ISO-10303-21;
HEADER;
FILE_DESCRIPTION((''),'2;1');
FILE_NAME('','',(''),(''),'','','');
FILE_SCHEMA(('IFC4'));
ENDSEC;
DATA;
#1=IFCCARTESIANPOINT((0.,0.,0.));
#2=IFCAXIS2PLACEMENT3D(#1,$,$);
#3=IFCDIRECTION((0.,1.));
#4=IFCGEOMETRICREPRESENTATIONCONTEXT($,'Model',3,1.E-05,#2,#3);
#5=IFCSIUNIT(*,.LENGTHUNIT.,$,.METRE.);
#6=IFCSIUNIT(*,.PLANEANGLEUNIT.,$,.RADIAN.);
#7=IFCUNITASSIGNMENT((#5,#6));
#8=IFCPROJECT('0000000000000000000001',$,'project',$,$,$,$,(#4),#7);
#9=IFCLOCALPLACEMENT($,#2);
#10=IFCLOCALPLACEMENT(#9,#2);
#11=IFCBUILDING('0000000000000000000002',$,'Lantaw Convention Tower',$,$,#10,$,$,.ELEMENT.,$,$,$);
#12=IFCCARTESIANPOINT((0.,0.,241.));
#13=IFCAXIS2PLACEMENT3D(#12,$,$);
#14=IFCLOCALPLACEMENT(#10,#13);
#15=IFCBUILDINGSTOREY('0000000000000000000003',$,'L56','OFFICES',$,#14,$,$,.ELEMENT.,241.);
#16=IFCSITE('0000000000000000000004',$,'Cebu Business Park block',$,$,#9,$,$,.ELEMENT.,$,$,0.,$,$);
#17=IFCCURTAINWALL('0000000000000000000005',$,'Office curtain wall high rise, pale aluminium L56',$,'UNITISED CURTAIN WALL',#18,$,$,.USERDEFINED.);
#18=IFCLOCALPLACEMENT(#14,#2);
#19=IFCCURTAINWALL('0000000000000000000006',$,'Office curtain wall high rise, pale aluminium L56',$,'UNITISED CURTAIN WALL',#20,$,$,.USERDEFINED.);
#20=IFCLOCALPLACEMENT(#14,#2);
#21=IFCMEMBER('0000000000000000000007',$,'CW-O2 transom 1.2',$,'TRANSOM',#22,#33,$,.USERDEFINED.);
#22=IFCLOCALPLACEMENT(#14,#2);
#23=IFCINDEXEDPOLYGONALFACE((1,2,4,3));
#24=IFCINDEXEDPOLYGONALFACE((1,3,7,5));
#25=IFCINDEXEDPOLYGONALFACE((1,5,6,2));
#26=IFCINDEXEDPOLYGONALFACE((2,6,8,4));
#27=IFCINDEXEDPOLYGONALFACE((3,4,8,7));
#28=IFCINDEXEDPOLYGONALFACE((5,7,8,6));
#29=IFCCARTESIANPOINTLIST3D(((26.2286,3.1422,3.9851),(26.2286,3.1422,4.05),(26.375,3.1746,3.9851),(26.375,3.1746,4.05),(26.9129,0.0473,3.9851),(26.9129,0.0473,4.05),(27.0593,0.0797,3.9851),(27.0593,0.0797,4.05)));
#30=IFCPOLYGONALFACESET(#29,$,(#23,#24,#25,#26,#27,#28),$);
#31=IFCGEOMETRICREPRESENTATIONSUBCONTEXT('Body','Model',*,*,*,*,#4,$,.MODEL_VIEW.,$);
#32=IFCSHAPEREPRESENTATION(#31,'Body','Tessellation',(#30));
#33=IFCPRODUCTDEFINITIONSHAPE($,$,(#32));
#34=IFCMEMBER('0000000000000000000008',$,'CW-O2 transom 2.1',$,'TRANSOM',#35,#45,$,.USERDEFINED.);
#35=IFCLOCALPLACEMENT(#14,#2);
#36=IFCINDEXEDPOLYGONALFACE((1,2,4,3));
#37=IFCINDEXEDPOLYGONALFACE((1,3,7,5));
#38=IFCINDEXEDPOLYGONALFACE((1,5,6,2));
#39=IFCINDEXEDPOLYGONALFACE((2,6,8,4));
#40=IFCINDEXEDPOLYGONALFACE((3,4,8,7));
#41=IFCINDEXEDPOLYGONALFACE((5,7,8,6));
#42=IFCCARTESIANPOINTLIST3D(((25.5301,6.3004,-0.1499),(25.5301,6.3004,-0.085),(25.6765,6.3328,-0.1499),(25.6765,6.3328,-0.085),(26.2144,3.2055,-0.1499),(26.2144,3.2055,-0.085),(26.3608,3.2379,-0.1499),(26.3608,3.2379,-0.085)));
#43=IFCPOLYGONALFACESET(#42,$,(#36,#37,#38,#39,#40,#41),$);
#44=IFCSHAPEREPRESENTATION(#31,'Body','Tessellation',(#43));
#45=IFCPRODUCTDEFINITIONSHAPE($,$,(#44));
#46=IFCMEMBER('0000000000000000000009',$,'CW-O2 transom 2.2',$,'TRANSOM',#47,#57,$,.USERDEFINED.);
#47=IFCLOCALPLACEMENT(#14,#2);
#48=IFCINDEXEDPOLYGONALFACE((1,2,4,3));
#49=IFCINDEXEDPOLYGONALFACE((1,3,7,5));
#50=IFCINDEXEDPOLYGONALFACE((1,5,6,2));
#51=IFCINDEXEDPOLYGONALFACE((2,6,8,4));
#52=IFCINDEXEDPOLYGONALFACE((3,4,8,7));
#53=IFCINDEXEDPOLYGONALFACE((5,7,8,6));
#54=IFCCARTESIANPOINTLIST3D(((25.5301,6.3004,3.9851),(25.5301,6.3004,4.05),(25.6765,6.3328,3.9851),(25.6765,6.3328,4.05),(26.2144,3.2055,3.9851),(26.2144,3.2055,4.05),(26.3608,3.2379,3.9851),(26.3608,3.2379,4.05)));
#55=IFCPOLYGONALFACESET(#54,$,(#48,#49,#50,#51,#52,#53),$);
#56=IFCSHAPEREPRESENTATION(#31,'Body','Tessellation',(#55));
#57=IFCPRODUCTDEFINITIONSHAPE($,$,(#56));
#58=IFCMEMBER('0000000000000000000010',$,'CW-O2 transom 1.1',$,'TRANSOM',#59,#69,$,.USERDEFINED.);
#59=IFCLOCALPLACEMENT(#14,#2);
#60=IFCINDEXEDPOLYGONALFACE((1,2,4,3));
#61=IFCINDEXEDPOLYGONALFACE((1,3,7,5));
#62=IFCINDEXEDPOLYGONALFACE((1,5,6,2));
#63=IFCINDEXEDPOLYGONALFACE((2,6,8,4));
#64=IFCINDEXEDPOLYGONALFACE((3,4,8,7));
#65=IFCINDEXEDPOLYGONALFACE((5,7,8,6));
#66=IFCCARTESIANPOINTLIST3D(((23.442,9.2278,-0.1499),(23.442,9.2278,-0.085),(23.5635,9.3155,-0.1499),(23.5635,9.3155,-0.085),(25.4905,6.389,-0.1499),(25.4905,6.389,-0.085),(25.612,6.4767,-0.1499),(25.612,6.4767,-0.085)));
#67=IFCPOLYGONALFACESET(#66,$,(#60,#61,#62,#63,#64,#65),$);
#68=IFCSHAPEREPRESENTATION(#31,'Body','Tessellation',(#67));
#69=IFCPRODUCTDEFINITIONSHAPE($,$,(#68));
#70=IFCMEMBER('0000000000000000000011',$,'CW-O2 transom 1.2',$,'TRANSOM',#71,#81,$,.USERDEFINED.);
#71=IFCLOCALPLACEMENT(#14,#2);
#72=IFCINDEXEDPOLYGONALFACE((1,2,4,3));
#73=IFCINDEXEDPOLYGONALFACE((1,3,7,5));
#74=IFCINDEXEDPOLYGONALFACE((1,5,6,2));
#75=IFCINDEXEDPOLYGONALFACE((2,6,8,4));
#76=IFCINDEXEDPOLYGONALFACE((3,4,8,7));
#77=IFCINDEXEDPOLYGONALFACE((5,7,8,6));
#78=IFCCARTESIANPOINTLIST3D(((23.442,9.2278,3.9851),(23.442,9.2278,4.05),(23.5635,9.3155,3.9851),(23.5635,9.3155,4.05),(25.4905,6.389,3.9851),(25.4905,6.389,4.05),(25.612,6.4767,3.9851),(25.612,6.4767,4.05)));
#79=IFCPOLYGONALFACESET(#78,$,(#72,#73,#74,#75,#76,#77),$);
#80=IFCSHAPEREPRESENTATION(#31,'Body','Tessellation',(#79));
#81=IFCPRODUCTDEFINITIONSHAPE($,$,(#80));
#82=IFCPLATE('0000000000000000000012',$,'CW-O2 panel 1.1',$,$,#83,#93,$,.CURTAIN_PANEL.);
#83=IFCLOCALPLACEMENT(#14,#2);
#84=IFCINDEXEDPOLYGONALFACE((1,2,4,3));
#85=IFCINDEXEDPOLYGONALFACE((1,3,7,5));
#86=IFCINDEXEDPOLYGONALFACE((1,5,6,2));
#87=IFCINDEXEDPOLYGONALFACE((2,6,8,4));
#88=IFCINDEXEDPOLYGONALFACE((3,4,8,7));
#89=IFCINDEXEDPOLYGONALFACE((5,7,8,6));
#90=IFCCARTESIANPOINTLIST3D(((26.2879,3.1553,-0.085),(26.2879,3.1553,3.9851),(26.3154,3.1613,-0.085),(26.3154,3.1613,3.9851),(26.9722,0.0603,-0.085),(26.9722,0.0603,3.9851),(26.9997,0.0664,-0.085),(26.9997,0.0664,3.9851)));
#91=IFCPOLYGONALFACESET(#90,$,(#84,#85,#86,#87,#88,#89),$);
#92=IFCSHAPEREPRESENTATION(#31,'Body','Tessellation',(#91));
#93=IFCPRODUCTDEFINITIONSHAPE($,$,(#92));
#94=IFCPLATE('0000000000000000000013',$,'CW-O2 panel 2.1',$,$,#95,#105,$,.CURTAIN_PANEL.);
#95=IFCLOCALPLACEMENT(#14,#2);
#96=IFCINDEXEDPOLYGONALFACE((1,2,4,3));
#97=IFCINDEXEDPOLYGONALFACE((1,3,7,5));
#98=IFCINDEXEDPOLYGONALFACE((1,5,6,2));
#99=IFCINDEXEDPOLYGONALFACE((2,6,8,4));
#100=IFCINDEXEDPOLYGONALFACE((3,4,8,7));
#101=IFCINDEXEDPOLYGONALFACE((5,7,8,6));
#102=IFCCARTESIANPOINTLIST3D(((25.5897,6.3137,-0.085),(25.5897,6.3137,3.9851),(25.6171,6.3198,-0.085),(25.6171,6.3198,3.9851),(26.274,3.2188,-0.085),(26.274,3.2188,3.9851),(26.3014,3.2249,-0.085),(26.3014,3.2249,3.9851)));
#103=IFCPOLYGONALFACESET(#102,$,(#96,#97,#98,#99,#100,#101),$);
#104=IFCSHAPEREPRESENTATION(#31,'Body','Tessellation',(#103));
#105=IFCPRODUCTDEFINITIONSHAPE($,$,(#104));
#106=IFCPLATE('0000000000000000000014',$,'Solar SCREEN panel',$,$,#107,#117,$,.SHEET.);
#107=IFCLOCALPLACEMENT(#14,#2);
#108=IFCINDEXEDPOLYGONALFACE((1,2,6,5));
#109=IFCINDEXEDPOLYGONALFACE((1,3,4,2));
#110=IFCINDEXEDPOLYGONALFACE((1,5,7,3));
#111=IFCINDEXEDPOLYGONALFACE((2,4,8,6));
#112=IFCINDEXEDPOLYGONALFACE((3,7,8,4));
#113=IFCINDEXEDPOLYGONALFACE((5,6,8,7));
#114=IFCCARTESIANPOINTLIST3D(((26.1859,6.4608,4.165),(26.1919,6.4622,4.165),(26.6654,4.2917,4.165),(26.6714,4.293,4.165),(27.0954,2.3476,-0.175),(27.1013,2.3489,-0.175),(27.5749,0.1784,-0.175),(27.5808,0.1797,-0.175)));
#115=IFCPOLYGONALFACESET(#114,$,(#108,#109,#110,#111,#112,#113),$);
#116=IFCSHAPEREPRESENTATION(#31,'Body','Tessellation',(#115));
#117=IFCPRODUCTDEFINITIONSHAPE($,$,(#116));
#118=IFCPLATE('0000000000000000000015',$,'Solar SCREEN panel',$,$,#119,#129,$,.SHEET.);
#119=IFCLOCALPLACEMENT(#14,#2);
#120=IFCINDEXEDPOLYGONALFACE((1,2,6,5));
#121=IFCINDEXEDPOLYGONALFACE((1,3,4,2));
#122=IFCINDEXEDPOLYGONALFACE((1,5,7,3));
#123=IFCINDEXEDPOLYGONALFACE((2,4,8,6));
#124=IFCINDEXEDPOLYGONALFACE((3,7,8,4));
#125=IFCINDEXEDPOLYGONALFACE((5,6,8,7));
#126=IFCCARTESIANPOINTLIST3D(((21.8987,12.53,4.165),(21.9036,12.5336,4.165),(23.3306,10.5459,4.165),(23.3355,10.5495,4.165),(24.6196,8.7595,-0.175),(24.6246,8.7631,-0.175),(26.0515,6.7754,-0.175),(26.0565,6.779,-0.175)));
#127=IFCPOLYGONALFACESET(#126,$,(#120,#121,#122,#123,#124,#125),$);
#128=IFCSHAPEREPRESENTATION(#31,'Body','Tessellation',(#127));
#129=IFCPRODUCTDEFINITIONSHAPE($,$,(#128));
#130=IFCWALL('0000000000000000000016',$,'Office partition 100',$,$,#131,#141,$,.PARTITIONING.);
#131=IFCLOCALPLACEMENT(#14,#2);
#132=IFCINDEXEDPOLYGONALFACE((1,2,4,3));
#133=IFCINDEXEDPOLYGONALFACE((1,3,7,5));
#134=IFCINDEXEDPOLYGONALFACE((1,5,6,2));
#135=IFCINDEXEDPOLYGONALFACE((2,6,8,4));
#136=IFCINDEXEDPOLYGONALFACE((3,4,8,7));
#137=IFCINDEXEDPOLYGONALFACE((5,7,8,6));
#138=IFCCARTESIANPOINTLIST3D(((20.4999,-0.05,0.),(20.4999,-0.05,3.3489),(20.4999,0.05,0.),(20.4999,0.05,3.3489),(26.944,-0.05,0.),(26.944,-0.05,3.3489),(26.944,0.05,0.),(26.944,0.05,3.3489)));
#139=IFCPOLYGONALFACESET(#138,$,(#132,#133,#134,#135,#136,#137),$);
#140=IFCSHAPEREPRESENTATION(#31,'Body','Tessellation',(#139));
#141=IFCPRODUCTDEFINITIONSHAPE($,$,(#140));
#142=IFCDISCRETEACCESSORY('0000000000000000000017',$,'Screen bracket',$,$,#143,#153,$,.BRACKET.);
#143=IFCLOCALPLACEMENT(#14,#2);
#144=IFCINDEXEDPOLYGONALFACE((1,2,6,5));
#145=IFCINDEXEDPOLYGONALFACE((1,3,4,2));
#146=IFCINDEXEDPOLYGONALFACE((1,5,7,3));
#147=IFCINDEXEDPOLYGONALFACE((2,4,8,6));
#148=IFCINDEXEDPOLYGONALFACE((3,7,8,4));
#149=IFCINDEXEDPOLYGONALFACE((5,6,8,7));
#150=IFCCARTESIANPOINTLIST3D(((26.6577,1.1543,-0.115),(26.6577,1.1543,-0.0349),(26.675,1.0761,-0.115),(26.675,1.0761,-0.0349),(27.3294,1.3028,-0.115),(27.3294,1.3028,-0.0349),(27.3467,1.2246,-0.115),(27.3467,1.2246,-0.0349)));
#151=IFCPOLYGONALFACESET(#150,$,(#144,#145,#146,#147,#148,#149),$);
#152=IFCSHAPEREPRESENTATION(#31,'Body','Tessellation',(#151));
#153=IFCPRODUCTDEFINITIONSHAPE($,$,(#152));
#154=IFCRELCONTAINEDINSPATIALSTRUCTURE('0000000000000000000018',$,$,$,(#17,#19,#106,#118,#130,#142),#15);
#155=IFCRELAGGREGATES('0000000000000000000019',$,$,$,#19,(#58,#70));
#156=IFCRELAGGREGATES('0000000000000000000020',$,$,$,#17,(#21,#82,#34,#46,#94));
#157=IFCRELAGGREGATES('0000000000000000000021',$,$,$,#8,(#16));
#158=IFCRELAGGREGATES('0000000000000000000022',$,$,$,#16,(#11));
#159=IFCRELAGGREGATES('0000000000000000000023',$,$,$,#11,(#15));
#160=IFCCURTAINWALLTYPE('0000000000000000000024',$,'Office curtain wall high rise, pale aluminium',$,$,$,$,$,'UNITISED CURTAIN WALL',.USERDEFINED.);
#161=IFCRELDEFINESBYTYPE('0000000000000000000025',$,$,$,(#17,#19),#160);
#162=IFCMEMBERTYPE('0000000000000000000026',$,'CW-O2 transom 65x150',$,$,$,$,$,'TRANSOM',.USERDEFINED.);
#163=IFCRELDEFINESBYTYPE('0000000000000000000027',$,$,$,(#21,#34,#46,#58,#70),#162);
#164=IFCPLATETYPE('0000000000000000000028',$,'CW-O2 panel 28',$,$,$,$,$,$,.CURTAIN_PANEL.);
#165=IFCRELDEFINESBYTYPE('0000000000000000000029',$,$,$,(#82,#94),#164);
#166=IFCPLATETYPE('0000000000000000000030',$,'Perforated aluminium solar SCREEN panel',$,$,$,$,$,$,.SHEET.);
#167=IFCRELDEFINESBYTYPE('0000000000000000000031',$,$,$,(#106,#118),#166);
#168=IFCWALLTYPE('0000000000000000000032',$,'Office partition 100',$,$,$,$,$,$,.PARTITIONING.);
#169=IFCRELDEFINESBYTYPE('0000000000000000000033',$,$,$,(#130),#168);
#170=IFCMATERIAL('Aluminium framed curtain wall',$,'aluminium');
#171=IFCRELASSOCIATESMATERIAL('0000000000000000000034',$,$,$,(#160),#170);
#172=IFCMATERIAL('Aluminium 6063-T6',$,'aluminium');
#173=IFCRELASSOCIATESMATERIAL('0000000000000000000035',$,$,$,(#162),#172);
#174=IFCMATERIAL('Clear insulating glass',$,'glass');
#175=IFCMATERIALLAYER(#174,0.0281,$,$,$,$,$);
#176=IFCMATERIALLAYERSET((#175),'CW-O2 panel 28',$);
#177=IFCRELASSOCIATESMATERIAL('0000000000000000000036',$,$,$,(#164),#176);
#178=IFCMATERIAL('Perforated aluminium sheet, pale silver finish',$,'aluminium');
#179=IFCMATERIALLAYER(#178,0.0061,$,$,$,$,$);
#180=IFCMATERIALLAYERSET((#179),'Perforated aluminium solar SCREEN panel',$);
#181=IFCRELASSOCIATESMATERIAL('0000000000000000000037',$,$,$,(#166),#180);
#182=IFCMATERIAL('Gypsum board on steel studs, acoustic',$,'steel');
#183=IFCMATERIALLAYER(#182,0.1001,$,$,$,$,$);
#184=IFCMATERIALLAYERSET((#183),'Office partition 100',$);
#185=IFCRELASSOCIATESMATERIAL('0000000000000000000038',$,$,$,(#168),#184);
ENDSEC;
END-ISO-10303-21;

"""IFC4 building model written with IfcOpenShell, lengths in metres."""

from ifc_helpers import new_model, si_unit, direction, frame, frame_2d, origin, origin_2d, place, context, subcontext, project, spatial, polyline, rectangle, outline, extrude, material, layer, layer_set, material_profile, profile_set, type_object, element, aggregate, save


model = new_model("IFC4")

# Units and contexts
model_context = context("Model", 3, precision=1e-05, world=origin(), true_north=direction((0.0, 1.0)))
body_context = subcontext(model_context, "Body", "Model", "MODEL_VIEW")
ifc_project = project(units=[si_unit("LENGTHUNIT", "METRE"), si_unit("PLANEANGLEUNIT", "RADIAN")], contexts=[model_context])

# Site, building, storey
site_placement = place(None, origin())
site = spatial("IfcSite", under=ifc_project, at=site_placement, Name="Cebu Business Park block", CompositionType="ELEMENT", RefElevation=0.0)
building_placement = place(site_placement, origin())
building = spatial("IfcBuilding", under=site, at=building_placement, Name="Lantaw Convention Tower", CompositionType="ELEMENT")
storey_placement = place(building_placement, frame((0.0, 0.0, 241.0)))
storey = spatial("IfcBuildingStorey", under=building, at=storey_placement, Name="L56", Description="OFFICES", CompositionType="ELEMENT", Elevation=241.0)

# Curtain wall
ifc_material_1 = material(Name="Aluminium framed curtain wall", Category="aluminium")
curtain_wall_type = type_object("IfcCurtainWallType", Name="Office curtain wall high rise, pale aluminium", ElementType="UNITISED CURTAIN WALL", PredefinedType="USERDEFINED", material=ifc_material_1)
curtain_wall_1_placement = place(storey_placement, origin())
curtain_wall_1 = element("IfcCurtainWall", 1, at=curtain_wall_1_placement, inside=storey, type_object=curtain_wall_type, Name="Office curtain wall high rise, pale aluminium L56", ObjectType="UNITISED CURTAIN WALL", PredefinedType="USERDEFINED")
ifc_material_2 = material(Name="Aluminium 6063-T6", Category="aluminium")

# Curtain wall
curtain_wall_2_placement = place(storey_placement, origin())
curtain_wall_2 = element("IfcCurtainWall", 2, at=curtain_wall_2_placement, inside=storey, type_object=curtain_wall_type, Name="Office curtain wall high rise, pale aluminium L56", ObjectType="UNITISED CURTAIN WALL", PredefinedType="USERDEFINED")

# Members
ifc_material_profile_1 = material_profile(ifc_material_2, rectangle(XDim=0.1499, YDim=0.0649, at=origin_2d()), Name="CW-O2 transom 65x150")
ifc_profile_set_1 = profile_set([ifc_material_profile_1], Name="Aluminium 6063-T6")
member_type_1 = type_object("IfcMemberType", Name="CW-O2 transom 65x150", ElementType="TRANSOM", PredefinedType="USERDEFINED", material=ifc_profile_set_1)
member_1_placement = place(storey_placement, frame((26.9861, 0.0635, 4.0176), z_axis=(-0.215895, 0.976417, 0.0), x_axis=(-0.976417, -0.215895, 0.0)))
member_1 = element("IfcMember", 3, at=member_1_placement, type_object=member_type_1, Name="CW-O2 transom 1.2", ObjectType="TRANSOM", PredefinedType="USERDEFINED", context=body_context, shape_type="SweptSolid", body=[
    extrude(rectangle(XDim=0.1499, YDim=0.0649, at=origin_2d()), origin(), (0.0, 0.0, 1.0), 3.1697),
])
member_2_placement = place(storey_placement, frame((26.2876, 3.2217, -0.1174), z_axis=(-0.215895, 0.976417, 0.0), x_axis=(-0.976417, -0.215895, 0.0)))
member_2 = element("IfcMember", 4, at=member_2_placement, type_object=member_type_1, Name="CW-O2 transom 2.1", ObjectType="TRANSOM", PredefinedType="USERDEFINED", context=body_context, shape_type="SweptSolid", body=[
    extrude(rectangle(XDim=0.1499, YDim=0.0649, at=origin_2d()), origin(), (0.0, 0.0, 1.0), 3.1697),
])
member_3_placement = place(storey_placement, frame((26.2876, 3.2217, 4.0176), z_axis=(-0.215895, 0.976417, 0.0), x_axis=(-0.976417, -0.215895, 0.0)))
member_3 = element("IfcMember", 5, at=member_3_placement, type_object=member_type_1, Name="CW-O2 transom 2.2", ObjectType="TRANSOM", PredefinedType="USERDEFINED", context=body_context, shape_type="SweptSolid", body=[
    extrude(rectangle(XDim=0.1499, YDim=0.0649, at=origin_2d()), origin(), (0.0, 0.0, 1.0), 3.1697),
])
member_4_placement = place(storey_placement, frame((25.5513, 6.4329, -0.1174), z_axis=(-0.58517, 0.810911, 0.0), x_axis=(-0.810911, -0.58517, 0.0)))
member_4 = element("IfcMember", 6, at=member_4_placement, type_object=member_type_1, Name="CW-O2 transom 1.1", ObjectType="TRANSOM", PredefinedType="USERDEFINED", context=body_context, shape_type="SweptSolid", body=[
    extrude(rectangle(XDim=0.1499, YDim=0.0649, at=origin_2d()), origin(), (0.0, 0.0, 1.0), 3.5007),
])
member_5_placement = place(storey_placement, frame((25.5513, 6.4329, 4.0176), z_axis=(-0.58517, 0.810911, 0.0), x_axis=(-0.810911, -0.58517, 0.0)))
member_5 = element("IfcMember", 7, at=member_5_placement, type_object=member_type_1, Name="CW-O2 transom 1.2", ObjectType="TRANSOM", PredefinedType="USERDEFINED", context=body_context, shape_type="SweptSolid", body=[
    extrude(rectangle(XDim=0.1499, YDim=0.0649, at=origin_2d()), origin(), (0.0, 0.0, 1.0), 3.5007),
])
aggregate(curtain_wall_2, [member_4, member_5])

# Plates
ifc_material_3 = material(Name="Clear insulating glass", Category="glass")
ifc_layer_1 = layer(ifc_material_3, 0.0281)
ifc_layer_set_1 = layer_set([ifc_layer_1], Name="CW-O2 panel 28")
plate_type_1 = type_object("IfcPlateType", Name="CW-O2 panel 28", PredefinedType="CURTAIN_PANEL", material=ifc_layer_set_1)
plate_1_placement = place(storey_placement, frame((26.6438, 1.6108, -0.085), z_axis=(0.0, 0.0, 1.0), x_axis=(-0.215891, 0.976417, 0.0)))
plate_1 = element("IfcPlate", 8, at=plate_1_placement, type_object=plate_type_1, Name="CW-O2 panel 1.1", PredefinedType="CURTAIN_PANEL", context=body_context, shape_type="SweptSolid", body=[
    extrude(rectangle(XDim=3.1697, YDim=0.0281, at=origin_2d()), origin(), (0.0, 0.0, 1.0), 4.0701),
])
plate_2_placement = place(storey_placement, frame((25.9456, 4.7693, -0.085), z_axis=(0.0, 0.0, 1.0), x_axis=(-0.215891, 0.976417, 0.0)))
plate_2 = element("IfcPlate", 9, at=plate_2_placement, type_object=plate_type_1, Name="CW-O2 panel 2.1", PredefinedType="CURTAIN_PANEL", context=body_context, shape_type="SweptSolid", body=[
    extrude(rectangle(XDim=3.1697, YDim=0.0281, at=origin_2d()), origin(), (0.0, 0.0, 1.0), 4.0701),
])
aggregate(curtain_wall_1, [member_1, plate_1, member_2, member_3, plate_2])

# Plates
ifc_material_4 = material(Name="Perforated aluminium sheet, pale silver finish", Category="aluminium")
ifc_layer_2 = layer(ifc_material_4, 0.0061)
ifc_layer_set_2 = layer_set([ifc_layer_2], Name="Perforated aluminium solar SCREEN panel")
plate_type_2 = type_object("IfcPlateType", Name="Perforated aluminium solar SCREEN panel", PredefinedType="SHEET", material=ifc_layer_set_2)
plate_3_placement = place(storey_placement, frame((27.5808, 0.1797, -0.175), z_axis=(0.97643, 0.215837, 0.000044), x_axis=(-0.215837, 0.97643, 0.0)))
element("IfcPlate", 10, at=plate_3_placement, inside=storey, type_object=plate_type_2, Name="Solar SCREEN panel", PredefinedType="SHEET", context=body_context, shape_type="SweptSolid", body=[
    extrude(outline(polyline([(0.0, 0.0), (2.2216, 0.0), (6.4342, 4.3401), (4.2126, 4.3401), (0.0, 0.0)])), origin(), (0.0, 0.0, -1.0), 0.0061),
])
plate_4_placement = place(storey_placement, frame((26.0515, 6.7754, -0.175), z_axis=(-0.810892, -0.585195, 0.00002), x_axis=(-0.585195, 0.810892, 0.0)))
element("IfcPlate", 11, at=plate_4_placement, inside=storey, type_object=plate_type_2, Name="Solar SCREEN panel", PredefinedType="SHEET", context=body_context, shape_type="SweptSolid", body=[
    extrude(outline(polyline([(0.0, 0.0), (2.4468, 0.0), (7.0966, -4.3401), (4.6498, -4.3401), (0.0, 0.0)])), origin(), (0.0, 0.0, -1.0), 0.0061),
])

# Wall
ifc_material_5 = material(Name="Gypsum board on steel studs, acoustic", Category="steel")
ifc_layer_3 = layer(ifc_material_5, 0.1001)
ifc_layer_set_3 = layer_set([ifc_layer_3], Name="Office partition 100")
wall_type = type_object("IfcWallType", Name="Office partition 100", PredefinedType="PARTITIONING", material=ifc_layer_set_3)
wall_placement = place(storey_placement, frame((26.9441, 0.0, 0.0), z_axis=(0.0, 0.0, 1.0), x_axis=(-1.0, 0.0, 0.0)))
element("IfcWall", 12, at=wall_placement, inside=storey, type_object=wall_type, Name="Office partition 100", PredefinedType="PARTITIONING", context=body_context, shape_type="SweptSolid", body=[
    extrude(rectangle(XDim=6.4441, YDim=0.1001, at=frame_2d((3.2222, 0.0))), origin(), (0.0, 0.0, 1.0), 3.3489),
])

# Discrete accessory
discrete_accessory_placement = place(storey_placement, frame((27.0022, 1.1895, -0.115), z_axis=(0.0, 0.0, 1.0), x_axis=(-0.215891, 0.976417, 0.0)))
element("IfcDiscreteAccessory", 13, at=discrete_accessory_placement, inside=storey, Name="Screen bracket", PredefinedType="BRACKET", context=body_context, shape_type="SweptSolid", body=[
    extrude(rectangle(XDim=0.0801, YDim=0.688, at=origin_2d()), origin(), (0.0, 0.0, 1.0), 0.0801),
])

save(model, "model.ifc")
